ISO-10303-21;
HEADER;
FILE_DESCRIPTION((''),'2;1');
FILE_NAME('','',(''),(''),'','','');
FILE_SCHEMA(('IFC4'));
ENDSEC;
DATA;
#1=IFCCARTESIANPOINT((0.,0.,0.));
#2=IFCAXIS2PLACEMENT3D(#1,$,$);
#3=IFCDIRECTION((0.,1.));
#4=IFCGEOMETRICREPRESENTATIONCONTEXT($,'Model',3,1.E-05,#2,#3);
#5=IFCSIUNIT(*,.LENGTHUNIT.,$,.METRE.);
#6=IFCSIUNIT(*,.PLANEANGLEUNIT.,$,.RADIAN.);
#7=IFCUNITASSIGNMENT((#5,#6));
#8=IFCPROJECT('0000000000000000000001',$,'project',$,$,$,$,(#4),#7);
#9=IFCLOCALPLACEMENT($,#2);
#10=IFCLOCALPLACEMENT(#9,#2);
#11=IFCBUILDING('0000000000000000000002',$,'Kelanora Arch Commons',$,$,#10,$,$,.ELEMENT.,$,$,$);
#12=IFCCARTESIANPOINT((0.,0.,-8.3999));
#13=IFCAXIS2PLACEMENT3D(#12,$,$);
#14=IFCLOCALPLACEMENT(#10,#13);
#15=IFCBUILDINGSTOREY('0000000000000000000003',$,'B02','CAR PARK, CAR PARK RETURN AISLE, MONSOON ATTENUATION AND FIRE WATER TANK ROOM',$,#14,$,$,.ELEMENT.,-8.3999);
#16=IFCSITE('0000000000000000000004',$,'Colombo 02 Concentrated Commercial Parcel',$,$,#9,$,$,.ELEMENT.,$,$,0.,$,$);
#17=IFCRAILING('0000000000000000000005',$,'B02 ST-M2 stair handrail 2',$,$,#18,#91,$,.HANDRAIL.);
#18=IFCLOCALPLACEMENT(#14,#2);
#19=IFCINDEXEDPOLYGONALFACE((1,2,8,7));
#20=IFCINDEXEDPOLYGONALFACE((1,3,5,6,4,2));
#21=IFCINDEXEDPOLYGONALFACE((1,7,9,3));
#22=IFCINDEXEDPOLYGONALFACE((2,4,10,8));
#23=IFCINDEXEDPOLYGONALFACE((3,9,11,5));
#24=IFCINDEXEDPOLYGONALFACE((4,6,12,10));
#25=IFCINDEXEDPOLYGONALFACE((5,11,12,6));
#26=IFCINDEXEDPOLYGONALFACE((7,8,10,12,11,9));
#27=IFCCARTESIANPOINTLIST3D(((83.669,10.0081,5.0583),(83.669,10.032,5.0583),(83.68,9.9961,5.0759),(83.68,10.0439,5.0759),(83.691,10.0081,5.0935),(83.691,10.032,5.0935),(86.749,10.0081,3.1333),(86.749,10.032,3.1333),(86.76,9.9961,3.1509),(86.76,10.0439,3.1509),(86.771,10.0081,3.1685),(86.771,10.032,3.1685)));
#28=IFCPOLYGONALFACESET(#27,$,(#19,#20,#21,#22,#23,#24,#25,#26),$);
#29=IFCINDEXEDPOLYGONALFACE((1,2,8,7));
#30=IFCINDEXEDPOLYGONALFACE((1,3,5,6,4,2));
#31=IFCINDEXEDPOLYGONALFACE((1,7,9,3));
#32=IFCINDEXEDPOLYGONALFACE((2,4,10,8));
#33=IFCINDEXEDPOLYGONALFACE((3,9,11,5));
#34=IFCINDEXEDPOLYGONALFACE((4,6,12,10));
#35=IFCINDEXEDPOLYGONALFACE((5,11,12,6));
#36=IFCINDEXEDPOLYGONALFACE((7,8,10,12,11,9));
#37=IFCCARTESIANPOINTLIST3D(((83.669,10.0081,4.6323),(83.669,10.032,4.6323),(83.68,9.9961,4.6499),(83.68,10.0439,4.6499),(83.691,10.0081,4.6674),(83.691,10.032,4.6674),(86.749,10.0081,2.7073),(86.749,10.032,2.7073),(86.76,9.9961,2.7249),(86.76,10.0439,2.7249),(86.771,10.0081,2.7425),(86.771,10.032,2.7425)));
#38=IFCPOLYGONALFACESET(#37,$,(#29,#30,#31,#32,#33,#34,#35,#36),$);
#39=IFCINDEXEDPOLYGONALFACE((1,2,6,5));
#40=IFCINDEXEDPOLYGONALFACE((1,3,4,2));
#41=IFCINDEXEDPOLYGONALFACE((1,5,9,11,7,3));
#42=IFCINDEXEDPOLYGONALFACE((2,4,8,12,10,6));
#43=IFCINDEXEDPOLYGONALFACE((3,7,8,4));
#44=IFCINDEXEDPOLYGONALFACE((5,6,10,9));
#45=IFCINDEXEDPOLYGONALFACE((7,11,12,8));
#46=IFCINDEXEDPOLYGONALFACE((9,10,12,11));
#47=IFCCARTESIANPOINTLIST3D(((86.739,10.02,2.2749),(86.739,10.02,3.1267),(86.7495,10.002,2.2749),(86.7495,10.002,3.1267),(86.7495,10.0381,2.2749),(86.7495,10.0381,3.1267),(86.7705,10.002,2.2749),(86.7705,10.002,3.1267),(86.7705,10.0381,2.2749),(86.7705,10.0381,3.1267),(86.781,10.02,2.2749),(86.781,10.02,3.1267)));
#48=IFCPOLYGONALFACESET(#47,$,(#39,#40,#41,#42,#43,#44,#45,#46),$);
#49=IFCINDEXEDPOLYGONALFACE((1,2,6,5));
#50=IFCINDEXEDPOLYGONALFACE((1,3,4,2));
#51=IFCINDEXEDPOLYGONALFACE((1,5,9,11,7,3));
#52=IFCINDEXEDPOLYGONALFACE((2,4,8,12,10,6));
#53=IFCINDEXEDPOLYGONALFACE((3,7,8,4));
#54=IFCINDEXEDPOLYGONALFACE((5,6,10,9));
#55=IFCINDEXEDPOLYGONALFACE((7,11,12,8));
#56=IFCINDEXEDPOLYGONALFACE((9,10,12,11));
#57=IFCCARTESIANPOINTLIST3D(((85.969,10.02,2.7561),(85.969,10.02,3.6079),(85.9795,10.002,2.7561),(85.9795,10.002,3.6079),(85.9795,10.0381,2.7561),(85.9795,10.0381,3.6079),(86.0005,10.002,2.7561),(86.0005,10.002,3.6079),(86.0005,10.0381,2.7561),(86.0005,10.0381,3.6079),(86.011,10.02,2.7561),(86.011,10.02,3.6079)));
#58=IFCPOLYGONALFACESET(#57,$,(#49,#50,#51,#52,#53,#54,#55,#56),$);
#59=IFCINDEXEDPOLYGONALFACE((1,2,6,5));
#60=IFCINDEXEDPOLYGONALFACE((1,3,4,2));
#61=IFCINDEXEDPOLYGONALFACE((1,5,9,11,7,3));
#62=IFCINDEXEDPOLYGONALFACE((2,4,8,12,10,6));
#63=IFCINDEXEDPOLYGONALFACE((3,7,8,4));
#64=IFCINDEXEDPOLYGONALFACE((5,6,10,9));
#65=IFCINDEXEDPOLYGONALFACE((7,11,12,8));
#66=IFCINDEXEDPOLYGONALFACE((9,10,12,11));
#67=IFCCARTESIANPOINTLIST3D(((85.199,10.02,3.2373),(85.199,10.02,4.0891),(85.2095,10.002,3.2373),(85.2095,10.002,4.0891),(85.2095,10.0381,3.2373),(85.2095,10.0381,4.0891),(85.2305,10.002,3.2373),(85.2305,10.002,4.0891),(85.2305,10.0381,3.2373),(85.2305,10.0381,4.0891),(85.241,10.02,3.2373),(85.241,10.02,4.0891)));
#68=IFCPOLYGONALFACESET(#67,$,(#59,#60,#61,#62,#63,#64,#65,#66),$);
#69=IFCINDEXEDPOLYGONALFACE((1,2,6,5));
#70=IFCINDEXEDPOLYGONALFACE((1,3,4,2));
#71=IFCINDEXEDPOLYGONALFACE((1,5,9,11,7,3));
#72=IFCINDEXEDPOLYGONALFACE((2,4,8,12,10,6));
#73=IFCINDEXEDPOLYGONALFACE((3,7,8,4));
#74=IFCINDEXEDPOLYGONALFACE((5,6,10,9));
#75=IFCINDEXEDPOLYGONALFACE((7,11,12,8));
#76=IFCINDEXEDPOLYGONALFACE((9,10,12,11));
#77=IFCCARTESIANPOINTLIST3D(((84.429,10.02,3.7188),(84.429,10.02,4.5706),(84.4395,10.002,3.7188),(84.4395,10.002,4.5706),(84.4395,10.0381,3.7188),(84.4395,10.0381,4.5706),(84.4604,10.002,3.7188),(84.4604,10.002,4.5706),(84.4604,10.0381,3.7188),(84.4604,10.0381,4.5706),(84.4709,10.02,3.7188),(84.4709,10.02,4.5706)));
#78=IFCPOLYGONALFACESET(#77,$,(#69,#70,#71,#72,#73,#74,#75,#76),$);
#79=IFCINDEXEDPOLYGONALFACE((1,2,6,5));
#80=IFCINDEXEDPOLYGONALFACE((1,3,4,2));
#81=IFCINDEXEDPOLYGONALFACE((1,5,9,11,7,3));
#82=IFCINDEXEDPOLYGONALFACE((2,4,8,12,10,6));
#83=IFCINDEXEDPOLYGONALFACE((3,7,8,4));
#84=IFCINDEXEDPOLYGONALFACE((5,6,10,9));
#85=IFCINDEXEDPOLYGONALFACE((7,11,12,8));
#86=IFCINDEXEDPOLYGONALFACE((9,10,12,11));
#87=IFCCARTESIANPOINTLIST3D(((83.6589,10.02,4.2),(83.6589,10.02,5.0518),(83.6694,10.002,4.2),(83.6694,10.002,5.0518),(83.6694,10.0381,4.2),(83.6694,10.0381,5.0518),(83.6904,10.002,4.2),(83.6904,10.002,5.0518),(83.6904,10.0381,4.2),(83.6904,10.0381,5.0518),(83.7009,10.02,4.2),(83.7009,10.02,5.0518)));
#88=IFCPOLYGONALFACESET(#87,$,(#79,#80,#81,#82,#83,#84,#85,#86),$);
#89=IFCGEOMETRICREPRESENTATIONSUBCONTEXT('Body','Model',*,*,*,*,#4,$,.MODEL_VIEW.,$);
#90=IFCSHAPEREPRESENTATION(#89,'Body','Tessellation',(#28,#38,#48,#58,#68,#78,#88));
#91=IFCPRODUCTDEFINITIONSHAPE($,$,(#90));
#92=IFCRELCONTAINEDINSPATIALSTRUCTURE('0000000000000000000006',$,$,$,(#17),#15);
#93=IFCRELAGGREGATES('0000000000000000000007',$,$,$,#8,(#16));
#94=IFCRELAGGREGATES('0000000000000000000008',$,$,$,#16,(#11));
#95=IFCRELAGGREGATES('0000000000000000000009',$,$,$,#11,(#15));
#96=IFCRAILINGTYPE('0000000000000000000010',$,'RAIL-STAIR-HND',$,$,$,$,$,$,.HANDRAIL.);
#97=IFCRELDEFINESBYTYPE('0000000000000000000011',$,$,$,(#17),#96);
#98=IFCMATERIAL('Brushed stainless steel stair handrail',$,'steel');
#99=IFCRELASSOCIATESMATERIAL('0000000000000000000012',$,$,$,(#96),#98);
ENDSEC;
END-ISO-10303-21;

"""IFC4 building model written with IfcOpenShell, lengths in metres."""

from ifc_helpers import new_model, si_unit, direction, frame, origin, place, context, subcontext, project, spatial, polyline, outline, extrude, material, type_object, element, save


model = new_model("IFC4")

# Units and contexts
model_context = context("Model", 3, precision=1e-05, world=origin(), true_north=direction((0.0, 1.0)))
body_context = subcontext(model_context, "Body", "Model", "MODEL_VIEW")
ifc_project = project(units=[si_unit("LENGTHUNIT", "METRE"), si_unit("PLANEANGLEUNIT", "RADIAN")], contexts=[model_context])

# Site, building, storey
site_placement = place(None, origin())
site = spatial("IfcSite", under=ifc_project, at=site_placement, Name="Colombo 02 Concentrated Commercial Parcel", CompositionType="ELEMENT", RefElevation=0.0)
building_placement = place(site_placement, origin())
building = spatial("IfcBuilding", under=site, at=building_placement, Name="Kelanora Arch Commons", CompositionType="ELEMENT")
storey_placement = place(building_placement, frame((0.0, 0.0, -8.3999)))
storey = spatial("IfcBuildingStorey", under=building, at=storey_placement, Name="B02", Description="CAR PARK, CAR PARK RETURN AISLE, MONSOON ATTENUATION AND FIRE WATER TANK ROOM", CompositionType="ELEMENT", Elevation=-8.3999)

# Railing
ifc_material_1 = material(Name="Brushed stainless steel stair handrail", Category="steel")
railing_type_1 = type_object("IfcRailingType", Name="RAIL-STAIR-HND", PredefinedType="HANDRAIL", material=ifc_material_1)
railing_1_placement = place(storey_placement, frame((86.76, 10.02, 2.2749)))
element("IfcRailing", 1, at=railing_1_placement, inside=storey, type_object=railing_type_1, Name="B02 ST-M2 stair handrail 2", PredefinedType="HANDRAIL", context=body_context, shape_type="SweptSolid", body=[
    extrude(outline(polyline([(0.0239, 0.0), (0.012, 0.0208), (-0.012, 0.0208), (-0.0239, 0.0), (-0.012, -0.0208), (0.012, -0.0208), (0.0239, 0.0)])), frame((0.0, 0.0, 0.876), z_axis=(-0.847998, 0.0, 0.529999), x_axis=(0.0, -1.0, 0.0)), (0.0, 0.0, 1.0), 3.6321),
    extrude(outline(polyline([(0.0239, 0.0), (0.012, 0.0208), (-0.012, 0.0208), (-0.0239, 0.0), (-0.012, -0.0208), (0.012, -0.0208), (0.0239, 0.0)])), frame((0.0, 0.0, 0.45), z_axis=(-0.847998, 0.0, 0.529999), x_axis=(0.0, -1.0, 0.0)), (0.0, 0.0, 1.0), 3.6321),
    extrude(outline(polyline([(0.021, 0.0), (0.0105, 0.0181), (-0.0105, 0.0181), (-0.021, 0.0), (-0.0105, -0.0181), (0.0105, -0.0181), (0.021, 0.0)])), origin(), (0.0, 0.0, 1.0), 0.8518),
    extrude(outline(polyline([(0.021, 0.0), (0.0105, 0.0181), (-0.0105, 0.0181), (-0.021, 0.0), (-0.0105, -0.0181), (0.0105, -0.0181), (0.021, 0.0)])), frame((-0.77, 0.0, 0.4812)), (0.0, 0.0, 1.0), 0.8518),
    extrude(outline(polyline([(0.021, 0.0), (0.0105, 0.0181), (-0.0105, 0.0181), (-0.021, 0.0), (-0.0105, -0.0181), (0.0105, -0.0181), (0.021, 0.0)])), frame((-1.54, 0.0, 0.9624)), (0.0, 0.0, 1.0), 0.8518),
    extrude(outline(polyline([(0.021, 0.0), (0.0105, 0.0181), (-0.0105, 0.0181), (-0.021, 0.0), (-0.0105, -0.0181), (0.0105, -0.0181), (0.021, 0.0)])), frame((-2.3101, 0.0, 1.4438)), (0.0, 0.0, 1.0), 0.8518),
    extrude(outline(polyline([(0.021, 0.0), (0.0105, 0.0181), (-0.0105, 0.0181), (-0.021, 0.0), (-0.0105, -0.0181), (0.0105, -0.0181), (0.021, 0.0)])), frame((-3.0801, 0.0, 1.925)), (0.0, 0.0, 1.0), 0.8518),
])

save(model, "model.ifc")
